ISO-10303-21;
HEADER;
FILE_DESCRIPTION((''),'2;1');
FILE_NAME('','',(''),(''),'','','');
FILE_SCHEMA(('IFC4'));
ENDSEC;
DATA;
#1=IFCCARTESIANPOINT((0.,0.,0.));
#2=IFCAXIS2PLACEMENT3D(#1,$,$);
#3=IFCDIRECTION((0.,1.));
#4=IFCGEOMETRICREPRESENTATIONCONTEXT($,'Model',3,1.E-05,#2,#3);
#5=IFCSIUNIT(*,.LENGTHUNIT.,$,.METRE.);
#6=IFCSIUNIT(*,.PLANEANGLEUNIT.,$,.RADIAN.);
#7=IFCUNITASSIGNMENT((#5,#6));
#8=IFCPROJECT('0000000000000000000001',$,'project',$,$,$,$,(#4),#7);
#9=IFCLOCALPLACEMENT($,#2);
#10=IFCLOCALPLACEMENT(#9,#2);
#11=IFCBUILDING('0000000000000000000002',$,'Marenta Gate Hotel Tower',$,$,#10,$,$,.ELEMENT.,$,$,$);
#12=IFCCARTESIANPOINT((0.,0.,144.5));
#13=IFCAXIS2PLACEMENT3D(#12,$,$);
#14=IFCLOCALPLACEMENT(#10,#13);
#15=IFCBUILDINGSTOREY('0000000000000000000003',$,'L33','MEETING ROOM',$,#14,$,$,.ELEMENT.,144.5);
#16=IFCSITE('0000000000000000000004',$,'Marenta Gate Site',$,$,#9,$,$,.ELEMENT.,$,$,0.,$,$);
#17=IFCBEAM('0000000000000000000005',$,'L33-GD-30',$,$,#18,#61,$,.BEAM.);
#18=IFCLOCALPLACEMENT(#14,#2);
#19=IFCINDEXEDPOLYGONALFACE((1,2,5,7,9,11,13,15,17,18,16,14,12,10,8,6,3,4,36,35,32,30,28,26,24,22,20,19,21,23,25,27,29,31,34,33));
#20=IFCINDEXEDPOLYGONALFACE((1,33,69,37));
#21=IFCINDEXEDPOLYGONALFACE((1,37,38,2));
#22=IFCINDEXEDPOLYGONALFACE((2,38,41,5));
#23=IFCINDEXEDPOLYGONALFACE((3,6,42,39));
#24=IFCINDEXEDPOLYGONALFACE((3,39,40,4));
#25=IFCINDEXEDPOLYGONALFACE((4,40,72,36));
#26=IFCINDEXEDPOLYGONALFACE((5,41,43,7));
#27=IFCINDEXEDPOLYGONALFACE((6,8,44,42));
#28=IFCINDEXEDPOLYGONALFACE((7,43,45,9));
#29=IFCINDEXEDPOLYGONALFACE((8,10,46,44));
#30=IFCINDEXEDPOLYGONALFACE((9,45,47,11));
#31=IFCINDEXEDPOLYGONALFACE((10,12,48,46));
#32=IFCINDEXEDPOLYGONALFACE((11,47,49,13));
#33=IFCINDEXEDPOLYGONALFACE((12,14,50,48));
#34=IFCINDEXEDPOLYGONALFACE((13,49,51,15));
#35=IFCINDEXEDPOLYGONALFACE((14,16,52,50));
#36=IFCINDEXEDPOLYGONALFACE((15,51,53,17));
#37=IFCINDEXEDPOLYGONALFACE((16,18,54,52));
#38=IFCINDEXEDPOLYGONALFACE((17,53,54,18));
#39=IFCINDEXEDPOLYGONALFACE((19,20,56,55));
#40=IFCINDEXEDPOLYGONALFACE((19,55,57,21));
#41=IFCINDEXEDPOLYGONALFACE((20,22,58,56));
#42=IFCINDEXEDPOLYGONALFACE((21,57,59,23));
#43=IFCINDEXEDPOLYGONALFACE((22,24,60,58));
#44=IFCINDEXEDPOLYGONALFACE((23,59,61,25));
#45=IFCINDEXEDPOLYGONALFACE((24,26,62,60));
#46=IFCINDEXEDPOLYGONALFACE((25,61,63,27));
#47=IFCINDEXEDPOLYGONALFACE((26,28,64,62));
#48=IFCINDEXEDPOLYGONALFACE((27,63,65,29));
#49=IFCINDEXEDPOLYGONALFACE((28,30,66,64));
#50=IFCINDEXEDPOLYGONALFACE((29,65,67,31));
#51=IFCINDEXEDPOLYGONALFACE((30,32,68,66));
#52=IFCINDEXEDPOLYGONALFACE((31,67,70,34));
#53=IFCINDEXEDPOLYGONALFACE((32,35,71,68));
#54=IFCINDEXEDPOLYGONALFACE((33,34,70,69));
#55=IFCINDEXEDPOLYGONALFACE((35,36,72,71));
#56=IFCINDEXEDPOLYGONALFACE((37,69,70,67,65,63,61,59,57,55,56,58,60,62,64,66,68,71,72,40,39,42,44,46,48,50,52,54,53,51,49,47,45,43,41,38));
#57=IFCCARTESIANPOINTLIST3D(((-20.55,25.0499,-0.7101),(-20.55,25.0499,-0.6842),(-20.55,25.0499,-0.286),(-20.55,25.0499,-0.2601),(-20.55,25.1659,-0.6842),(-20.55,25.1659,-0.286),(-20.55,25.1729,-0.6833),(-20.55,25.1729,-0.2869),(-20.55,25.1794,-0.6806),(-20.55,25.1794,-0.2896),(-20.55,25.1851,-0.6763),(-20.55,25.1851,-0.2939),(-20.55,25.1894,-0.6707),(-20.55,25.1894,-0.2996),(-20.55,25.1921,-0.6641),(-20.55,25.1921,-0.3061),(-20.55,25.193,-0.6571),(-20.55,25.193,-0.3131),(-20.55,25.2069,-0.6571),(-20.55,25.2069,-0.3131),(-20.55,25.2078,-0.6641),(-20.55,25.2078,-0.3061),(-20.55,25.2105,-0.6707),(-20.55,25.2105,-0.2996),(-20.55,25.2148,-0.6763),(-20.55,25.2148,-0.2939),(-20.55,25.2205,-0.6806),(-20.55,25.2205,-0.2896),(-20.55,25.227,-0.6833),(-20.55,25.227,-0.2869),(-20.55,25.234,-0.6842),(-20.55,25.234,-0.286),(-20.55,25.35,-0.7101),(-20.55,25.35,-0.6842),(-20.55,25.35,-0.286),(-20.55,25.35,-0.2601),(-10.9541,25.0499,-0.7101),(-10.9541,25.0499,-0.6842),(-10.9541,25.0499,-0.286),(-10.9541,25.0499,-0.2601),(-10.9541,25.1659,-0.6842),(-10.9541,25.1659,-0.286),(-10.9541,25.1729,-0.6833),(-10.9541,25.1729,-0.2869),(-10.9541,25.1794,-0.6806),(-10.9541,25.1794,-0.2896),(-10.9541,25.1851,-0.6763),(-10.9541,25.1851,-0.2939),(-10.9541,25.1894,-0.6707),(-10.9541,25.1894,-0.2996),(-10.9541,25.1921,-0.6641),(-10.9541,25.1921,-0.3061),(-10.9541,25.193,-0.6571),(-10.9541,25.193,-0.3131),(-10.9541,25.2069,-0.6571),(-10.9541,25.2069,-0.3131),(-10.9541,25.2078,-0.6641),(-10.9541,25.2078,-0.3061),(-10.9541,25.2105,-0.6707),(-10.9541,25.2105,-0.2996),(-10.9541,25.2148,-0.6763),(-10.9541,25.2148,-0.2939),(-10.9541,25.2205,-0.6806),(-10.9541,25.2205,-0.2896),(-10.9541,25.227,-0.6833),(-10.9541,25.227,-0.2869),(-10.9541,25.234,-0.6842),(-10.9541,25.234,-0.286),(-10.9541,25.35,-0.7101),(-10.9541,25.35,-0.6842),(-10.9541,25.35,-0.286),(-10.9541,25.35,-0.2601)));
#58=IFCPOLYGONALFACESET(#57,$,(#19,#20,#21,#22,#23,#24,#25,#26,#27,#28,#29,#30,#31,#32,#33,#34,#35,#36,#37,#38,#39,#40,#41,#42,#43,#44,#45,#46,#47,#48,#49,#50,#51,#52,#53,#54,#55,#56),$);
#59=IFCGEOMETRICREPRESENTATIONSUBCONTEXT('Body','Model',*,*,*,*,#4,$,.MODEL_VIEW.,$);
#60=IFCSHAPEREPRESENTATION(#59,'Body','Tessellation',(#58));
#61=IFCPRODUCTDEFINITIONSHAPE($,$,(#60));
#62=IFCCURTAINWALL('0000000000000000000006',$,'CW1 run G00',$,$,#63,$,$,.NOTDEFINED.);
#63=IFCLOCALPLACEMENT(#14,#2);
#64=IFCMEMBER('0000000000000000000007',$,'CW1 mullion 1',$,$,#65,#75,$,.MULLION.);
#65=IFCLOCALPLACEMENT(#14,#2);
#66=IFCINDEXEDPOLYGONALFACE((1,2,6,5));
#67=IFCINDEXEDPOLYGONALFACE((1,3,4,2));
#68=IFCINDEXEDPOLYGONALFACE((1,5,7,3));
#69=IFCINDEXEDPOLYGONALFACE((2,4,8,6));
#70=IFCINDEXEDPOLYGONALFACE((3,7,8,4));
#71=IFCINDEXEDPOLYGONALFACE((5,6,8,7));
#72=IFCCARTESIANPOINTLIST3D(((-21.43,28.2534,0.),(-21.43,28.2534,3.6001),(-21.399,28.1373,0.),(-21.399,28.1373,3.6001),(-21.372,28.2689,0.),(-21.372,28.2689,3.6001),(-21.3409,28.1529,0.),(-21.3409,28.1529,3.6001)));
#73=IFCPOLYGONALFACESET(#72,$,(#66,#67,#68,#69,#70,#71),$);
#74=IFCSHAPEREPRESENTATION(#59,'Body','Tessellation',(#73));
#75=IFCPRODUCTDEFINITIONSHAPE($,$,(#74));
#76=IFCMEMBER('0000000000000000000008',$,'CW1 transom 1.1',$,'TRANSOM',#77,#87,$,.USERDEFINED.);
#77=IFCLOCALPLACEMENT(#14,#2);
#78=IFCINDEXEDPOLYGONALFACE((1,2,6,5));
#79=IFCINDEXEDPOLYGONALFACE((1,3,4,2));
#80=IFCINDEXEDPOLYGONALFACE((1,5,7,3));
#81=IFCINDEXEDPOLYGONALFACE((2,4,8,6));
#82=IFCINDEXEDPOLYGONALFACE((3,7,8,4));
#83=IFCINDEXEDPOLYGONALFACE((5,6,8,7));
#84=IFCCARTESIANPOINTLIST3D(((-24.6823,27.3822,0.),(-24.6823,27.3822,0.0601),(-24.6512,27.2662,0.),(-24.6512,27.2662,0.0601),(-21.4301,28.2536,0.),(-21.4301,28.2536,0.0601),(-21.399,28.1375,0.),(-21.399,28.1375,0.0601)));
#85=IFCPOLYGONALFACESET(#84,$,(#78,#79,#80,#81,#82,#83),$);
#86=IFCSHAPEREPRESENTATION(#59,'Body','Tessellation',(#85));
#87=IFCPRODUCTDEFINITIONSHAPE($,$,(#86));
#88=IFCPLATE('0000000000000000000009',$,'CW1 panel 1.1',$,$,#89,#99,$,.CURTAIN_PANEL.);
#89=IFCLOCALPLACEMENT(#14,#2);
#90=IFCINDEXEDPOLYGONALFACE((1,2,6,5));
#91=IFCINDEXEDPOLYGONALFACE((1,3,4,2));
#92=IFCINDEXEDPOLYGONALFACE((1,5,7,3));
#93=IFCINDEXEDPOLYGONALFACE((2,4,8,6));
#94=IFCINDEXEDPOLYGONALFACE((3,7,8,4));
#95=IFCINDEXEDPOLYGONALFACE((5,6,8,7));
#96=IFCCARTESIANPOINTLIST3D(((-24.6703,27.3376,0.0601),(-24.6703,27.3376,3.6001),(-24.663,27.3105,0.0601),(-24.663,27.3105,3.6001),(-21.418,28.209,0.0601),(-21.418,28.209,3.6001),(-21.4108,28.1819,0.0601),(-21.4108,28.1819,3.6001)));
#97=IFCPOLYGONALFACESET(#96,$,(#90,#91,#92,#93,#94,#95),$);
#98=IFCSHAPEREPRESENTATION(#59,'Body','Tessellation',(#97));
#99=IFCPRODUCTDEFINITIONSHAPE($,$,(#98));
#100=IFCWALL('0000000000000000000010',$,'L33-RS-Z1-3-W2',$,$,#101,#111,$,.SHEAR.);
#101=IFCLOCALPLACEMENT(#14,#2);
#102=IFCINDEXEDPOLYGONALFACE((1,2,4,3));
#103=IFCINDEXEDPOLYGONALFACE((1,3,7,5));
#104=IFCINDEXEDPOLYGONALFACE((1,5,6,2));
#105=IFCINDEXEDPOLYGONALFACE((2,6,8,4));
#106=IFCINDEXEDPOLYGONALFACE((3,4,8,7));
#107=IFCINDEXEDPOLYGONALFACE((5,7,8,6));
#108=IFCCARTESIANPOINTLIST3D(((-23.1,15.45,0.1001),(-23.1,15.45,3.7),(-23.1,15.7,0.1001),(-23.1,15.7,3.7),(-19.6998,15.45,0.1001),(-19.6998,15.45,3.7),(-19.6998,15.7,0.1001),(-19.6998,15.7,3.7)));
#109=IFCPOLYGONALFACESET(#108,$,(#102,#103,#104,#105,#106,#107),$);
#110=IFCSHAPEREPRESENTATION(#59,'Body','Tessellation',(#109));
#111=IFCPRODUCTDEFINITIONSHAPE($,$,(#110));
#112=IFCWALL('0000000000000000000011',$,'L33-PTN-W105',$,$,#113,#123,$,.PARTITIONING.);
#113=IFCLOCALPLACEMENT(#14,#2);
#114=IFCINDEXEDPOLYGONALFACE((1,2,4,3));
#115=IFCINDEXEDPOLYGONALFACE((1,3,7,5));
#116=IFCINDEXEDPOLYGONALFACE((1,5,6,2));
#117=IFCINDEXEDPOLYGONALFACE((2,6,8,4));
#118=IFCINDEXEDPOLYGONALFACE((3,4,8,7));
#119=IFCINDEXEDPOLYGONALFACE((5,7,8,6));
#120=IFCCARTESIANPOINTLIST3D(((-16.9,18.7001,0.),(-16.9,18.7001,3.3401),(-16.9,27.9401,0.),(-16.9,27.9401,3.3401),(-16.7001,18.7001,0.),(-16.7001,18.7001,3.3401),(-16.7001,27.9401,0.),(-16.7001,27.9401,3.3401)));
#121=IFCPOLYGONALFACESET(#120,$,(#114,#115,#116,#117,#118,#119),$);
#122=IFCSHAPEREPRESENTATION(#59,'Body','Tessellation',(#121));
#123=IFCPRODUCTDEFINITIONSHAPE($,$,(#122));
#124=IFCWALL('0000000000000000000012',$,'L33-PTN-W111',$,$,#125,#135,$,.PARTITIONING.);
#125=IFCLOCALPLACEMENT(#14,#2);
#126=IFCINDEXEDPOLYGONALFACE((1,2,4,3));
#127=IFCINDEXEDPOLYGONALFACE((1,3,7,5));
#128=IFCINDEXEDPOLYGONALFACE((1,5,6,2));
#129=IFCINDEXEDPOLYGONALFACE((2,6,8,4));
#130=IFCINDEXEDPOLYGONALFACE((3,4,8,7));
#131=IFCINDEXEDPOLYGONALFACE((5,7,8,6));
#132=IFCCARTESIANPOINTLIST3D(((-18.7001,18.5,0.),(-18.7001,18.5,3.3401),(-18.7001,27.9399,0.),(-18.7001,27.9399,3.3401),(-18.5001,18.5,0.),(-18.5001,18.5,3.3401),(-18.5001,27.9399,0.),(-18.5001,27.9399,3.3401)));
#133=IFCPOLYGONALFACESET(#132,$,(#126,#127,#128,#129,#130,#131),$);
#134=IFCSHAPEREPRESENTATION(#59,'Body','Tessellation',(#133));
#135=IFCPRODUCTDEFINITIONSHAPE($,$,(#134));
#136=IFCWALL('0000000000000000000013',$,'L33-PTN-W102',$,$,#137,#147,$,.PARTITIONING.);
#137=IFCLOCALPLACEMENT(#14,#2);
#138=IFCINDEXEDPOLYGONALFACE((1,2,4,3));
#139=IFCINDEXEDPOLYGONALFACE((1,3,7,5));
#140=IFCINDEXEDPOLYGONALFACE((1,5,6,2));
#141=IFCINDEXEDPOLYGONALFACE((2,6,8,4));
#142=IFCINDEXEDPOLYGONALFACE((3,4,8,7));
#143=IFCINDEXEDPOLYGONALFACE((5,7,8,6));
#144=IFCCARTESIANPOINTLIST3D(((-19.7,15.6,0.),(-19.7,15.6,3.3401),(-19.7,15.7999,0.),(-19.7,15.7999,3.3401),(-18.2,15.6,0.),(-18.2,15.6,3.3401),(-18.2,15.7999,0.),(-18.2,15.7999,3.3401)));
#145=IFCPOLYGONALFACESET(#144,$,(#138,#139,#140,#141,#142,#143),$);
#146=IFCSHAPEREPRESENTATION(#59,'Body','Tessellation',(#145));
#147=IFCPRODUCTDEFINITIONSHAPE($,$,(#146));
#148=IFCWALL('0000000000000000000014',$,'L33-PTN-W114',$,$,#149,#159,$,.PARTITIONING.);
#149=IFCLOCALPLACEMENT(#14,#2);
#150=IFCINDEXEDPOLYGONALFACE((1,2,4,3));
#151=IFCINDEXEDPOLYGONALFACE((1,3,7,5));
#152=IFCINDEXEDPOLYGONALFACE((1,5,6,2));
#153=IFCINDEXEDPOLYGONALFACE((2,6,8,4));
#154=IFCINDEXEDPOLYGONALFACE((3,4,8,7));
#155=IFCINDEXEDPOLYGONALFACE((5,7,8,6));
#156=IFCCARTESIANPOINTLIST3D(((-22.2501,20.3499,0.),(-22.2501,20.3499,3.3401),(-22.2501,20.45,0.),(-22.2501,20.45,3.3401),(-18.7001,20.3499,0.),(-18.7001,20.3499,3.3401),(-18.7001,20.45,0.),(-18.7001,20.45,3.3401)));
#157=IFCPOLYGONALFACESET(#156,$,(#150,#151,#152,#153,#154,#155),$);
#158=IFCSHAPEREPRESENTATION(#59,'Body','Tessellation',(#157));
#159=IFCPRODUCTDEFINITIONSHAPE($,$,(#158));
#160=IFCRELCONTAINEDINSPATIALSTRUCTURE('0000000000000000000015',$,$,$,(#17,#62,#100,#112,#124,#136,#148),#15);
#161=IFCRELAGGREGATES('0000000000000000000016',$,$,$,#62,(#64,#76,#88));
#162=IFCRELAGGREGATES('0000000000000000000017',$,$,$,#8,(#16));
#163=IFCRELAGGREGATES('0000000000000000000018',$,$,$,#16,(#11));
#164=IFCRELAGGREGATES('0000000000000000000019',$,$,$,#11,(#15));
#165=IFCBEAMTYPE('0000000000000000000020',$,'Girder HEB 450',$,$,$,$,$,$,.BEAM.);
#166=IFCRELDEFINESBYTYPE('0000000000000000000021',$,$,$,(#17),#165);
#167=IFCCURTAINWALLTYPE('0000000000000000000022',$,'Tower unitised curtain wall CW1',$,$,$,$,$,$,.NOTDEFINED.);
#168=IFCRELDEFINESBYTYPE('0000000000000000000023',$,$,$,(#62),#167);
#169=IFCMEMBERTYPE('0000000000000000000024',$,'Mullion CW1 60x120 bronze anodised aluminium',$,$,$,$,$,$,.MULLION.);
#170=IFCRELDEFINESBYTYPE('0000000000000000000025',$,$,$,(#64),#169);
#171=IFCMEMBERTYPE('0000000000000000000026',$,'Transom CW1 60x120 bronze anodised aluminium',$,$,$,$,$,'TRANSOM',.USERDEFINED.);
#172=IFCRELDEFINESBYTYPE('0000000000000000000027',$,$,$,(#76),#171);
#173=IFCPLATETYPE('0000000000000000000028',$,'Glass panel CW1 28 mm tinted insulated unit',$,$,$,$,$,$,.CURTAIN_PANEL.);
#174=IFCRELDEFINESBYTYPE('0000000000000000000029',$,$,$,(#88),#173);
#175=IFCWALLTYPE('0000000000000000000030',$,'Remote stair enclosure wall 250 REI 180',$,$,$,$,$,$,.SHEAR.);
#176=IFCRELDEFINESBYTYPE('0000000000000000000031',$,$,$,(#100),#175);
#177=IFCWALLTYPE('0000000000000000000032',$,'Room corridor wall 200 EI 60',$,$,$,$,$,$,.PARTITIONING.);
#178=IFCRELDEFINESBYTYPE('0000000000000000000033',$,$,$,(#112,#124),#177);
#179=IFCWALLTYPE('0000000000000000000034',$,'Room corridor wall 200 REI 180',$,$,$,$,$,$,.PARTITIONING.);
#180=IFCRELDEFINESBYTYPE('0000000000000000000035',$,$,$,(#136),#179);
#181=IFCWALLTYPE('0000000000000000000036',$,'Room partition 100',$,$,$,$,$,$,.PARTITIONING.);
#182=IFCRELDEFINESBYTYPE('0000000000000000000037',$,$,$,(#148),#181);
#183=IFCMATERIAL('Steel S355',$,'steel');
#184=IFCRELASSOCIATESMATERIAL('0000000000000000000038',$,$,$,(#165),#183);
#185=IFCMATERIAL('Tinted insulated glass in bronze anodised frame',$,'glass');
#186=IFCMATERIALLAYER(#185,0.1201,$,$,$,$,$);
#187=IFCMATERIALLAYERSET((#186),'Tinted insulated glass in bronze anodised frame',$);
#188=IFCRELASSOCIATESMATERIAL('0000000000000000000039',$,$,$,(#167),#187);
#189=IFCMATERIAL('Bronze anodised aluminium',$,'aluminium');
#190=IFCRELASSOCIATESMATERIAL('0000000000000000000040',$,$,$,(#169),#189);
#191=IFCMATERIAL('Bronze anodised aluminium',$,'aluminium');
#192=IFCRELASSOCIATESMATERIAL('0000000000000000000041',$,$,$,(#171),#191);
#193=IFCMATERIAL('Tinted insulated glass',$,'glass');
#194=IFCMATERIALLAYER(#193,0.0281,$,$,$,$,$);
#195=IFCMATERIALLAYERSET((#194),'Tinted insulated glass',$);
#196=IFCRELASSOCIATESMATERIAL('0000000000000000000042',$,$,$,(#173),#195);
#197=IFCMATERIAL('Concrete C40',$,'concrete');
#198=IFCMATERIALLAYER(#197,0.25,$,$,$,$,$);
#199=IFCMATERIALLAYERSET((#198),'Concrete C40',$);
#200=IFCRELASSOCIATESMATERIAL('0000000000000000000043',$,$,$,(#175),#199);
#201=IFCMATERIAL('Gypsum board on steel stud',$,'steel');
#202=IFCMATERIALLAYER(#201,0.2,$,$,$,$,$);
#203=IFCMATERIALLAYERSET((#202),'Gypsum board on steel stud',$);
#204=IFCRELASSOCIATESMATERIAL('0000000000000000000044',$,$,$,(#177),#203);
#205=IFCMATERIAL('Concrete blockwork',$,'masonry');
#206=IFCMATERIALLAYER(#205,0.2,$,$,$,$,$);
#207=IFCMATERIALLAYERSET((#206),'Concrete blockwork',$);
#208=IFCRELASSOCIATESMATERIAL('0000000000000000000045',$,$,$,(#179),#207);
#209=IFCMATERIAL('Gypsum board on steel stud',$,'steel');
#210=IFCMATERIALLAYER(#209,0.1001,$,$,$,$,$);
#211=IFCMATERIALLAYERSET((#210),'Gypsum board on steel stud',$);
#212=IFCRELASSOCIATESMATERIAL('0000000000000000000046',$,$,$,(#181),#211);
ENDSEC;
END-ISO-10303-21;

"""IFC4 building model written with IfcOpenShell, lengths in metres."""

from ifc_helpers import new_model, si_unit, direction, frame, frame_2d, origin, origin_2d, place, context, subcontext, project, spatial, rectangle, i_section, extrude, material, layer, layer_set, material_profile, profile_set, type_object, element, aggregate, save


model = new_model("IFC4")

# Units and contexts
model_context = context("Model", 3, precision=1e-05, world=origin(), true_north=direction((0.0, 1.0)))
body_context = subcontext(model_context, "Body", "Model", "MODEL_VIEW")
ifc_project = project(units=[si_unit("LENGTHUNIT", "METRE"), si_unit("PLANEANGLEUNIT", "RADIAN")], contexts=[model_context])

# Site, building, storey
site_placement = place(None, origin())
site = spatial("IfcSite", under=ifc_project, at=site_placement, Name="Marenta Gate Site", CompositionType="ELEMENT", RefElevation=0.0)
building_placement = place(site_placement, origin())
building = spatial("IfcBuilding", under=site, at=building_placement, Name="Marenta Gate Hotel Tower", CompositionType="ELEMENT")
storey_placement = place(building_placement, frame((0.0, 0.0, 144.5)))
storey = spatial("IfcBuildingStorey", under=building, at=storey_placement, Name="L33", Description="MEETING ROOM", CompositionType="ELEMENT", Elevation=144.5)

# Beam
ifc_material_1 = material(Name="Steel S355", Category="steel")
ifc_material_profile_1 = material_profile(ifc_material_1, i_section(OverallWidth=0.3, OverallDepth=0.45, WebThickness=0.0139, FlangeThickness=0.0259, FilletRadius=0.0271, at=origin_2d()), Name="HEB 450")
ifc_profile_set_1 = profile_set([ifc_material_profile_1], Name="Steel S355")
beam_type_1 = type_object("IfcBeamType", Name="Girder HEB 450", PredefinedType="BEAM", material=ifc_profile_set_1)
beam_1_placement = place(storey_placement, frame((-20.55, 25.2, -0.4851), z_axis=(1.0, 0.0, 0.0), x_axis=(0.0, 1.0, 0.0)))
element("IfcBeam", 1, at=beam_1_placement, inside=storey, type_object=beam_type_1, Name="L33-GD-30", PredefinedType="BEAM", context=body_context, shape_type="SweptSolid", body=[
    extrude(i_section(OverallWidth=0.3, OverallDepth=0.45, WebThickness=0.0139, FlangeThickness=0.0259, FilletRadius=0.0271, at=origin_2d()), origin(), (0.0, 0.0, 1.0), 9.5959),
])

# Curtain wall, members, plate
ifc_material_2 = material(Name="Tinted insulated glass in bronze anodised frame", Category="glass")
ifc_layer_1 = layer(ifc_material_2, 0.1201)
ifc_layer_set_1 = layer_set([ifc_layer_1], Name="Tinted insulated glass in bronze anodised frame")
curtain_wall_type = type_object("IfcCurtainWallType", Name="Tower unitised curtain wall CW1", PredefinedType="NOTDEFINED", material=ifc_layer_set_1)
curtain_wall_placement = place(storey_placement, origin())
curtain_wall = element("IfcCurtainWall", 2, at=curtain_wall_placement, inside=storey, type_object=curtain_wall_type, Name="CW1 run G00", PredefinedType="NOTDEFINED")
ifc_material_3 = material(Name="Bronze anodised aluminium", Category="aluminium")
ifc_material_profile_2 = material_profile(ifc_material_3, rectangle(XDim=0.1201, YDim=0.0601, at=origin_2d()), Name="Mullion CW1 60x120 bronze anodised aluminium")
ifc_profile_set_2 = profile_set([ifc_material_profile_2], Name="Bronze anodised aluminium")
member_type_1 = type_object("IfcMemberType", Name="Mullion CW1 60x120 bronze anodised aluminium", PredefinedType="MULLION", material=ifc_profile_set_2)
member_1_placement = place(storey_placement, frame((-21.3855, 28.2031, 0.0), z_axis=(0.0, 0.0, 1.0), x_axis=(0.258801, -0.965931, 0.0)))
member_1 = element("IfcMember", 3, at=member_1_placement, type_object=member_type_1, Name="CW1 mullion 1", PredefinedType="MULLION", context=body_context, shape_type="SweptSolid", body=[
    extrude(rectangle(XDim=0.1201, YDim=0.0601, at=origin_2d()), origin(), (0.0, 0.0, 1.0), 3.6001),
])
ifc_material_4 = material(Name="Bronze anodised aluminium", Category="aluminium")
ifc_material_profile_3 = material_profile(ifc_material_4, rectangle(XDim=0.1201, YDim=0.0601, at=origin_2d()), Name="Transom CW1 60x120 bronze anodised aluminium")
ifc_profile_set_3 = profile_set([ifc_material_profile_3], Name="Bronze anodised aluminium")
member_type_2 = type_object("IfcMemberType", Name="Transom CW1 60x120 bronze anodised aluminium", ElementType="TRANSOM", PredefinedType="USERDEFINED", material=ifc_profile_set_3)
member_2_placement = place(storey_placement, frame((-21.4146, 28.1956, 0.03), z_axis=(-0.965932, -0.258795, 0.0), x_axis=(0.258795, -0.965932, 0.0)))
member_2 = element("IfcMember", 4, at=member_2_placement, type_object=member_type_2, Name="CW1 transom 1.1", ObjectType="TRANSOM", PredefinedType="USERDEFINED", context=body_context, shape_type="SweptSolid", body=[
    extrude(rectangle(XDim=0.1201, YDim=0.0601, at=origin_2d()), origin(), (0.0, 0.0, 1.0), 3.3669),
])
ifc_material_5 = material(Name="Tinted insulated glass", Category="glass")
ifc_layer_2 = layer(ifc_material_5, 0.0281)
ifc_layer_set_2 = layer_set([ifc_layer_2], Name="Tinted insulated glass")
plate_type = type_object("IfcPlateType", Name="Glass panel CW1 28 mm tinted insulated unit", PredefinedType="CURTAIN_PANEL", material=ifc_layer_set_2)
plate_placement = place(storey_placement, frame((-23.0405, 27.7598, 0.0601), z_axis=(0.0, 0.0, 1.0), x_axis=(-0.965931, -0.258801, 0.0)))
plate = element("IfcPlate", 5, at=plate_placement, type_object=plate_type, Name="CW1 panel 1.1", PredefinedType="CURTAIN_PANEL", context=body_context, shape_type="SweptSolid", body=[
    extrude(rectangle(XDim=3.3669, YDim=0.0281, at=origin_2d()), origin(), (0.0, 0.0, 1.0), 3.54),
])
aggregate(curtain_wall, [member_1, member_2, plate])

# Walls
ifc_material_6 = material(Name="Concrete C40", Category="concrete")
ifc_layer_3 = layer(ifc_material_6, 0.25)
ifc_layer_set_3 = layer_set([ifc_layer_3], Name="Concrete C40")
wall_type_1 = type_object("IfcWallType", Name="Remote stair enclosure wall 250 REI 180", PredefinedType="SHEAR", material=ifc_layer_set_3)
wall_1_placement = place(storey_placement, frame((-23.1001, 15.575, 0.1001), z_axis=(0.0, 0.0, 1.0), x_axis=(1.0, 0.0, 0.0)))
element("IfcWall", 6, at=wall_1_placement, inside=storey, type_object=wall_type_1, Name="L33-RS-Z1-3-W2", PredefinedType="SHEAR", context=body_context, shape_type="SweptSolid", body=[
    extrude(rectangle(XDim=3.4001, YDim=0.25, at=frame_2d((1.7002, 0.0))), origin(), (0.0, 0.0, 1.0), 3.5999),
])
ifc_material_7 = material(Name="Gypsum board on steel stud", Category="steel")
ifc_layer_4 = layer(ifc_material_7, 0.2)
ifc_layer_set_4 = layer_set([ifc_layer_4], Name="Gypsum board on steel stud")
wall_type_2 = type_object("IfcWallType", Name="Room corridor wall 200 EI 60", PredefinedType="PARTITIONING", material=ifc_layer_set_4)
wall_2_placement = place(storey_placement, frame((-16.8, 18.7, 0.0), z_axis=(0.0, 0.0, 1.0), x_axis=(0.0, 1.0, 0.0)))
element("IfcWall", 7, at=wall_2_placement, inside=storey, type_object=wall_type_2, Name="L33-PTN-W105", PredefinedType="PARTITIONING", context=body_context, shape_type="SweptSolid", body=[
    extrude(rectangle(XDim=9.24, YDim=0.2, at=frame_2d((4.6201, 0.0))), origin(), (0.0, 0.0, 1.0), 3.3401),
])
wall_3_placement = place(storey_placement, frame((-18.6001, 18.5, 0.0), z_axis=(0.0, 0.0, 1.0), x_axis=(0.0, 1.0, 0.0)))
element("IfcWall", 8, at=wall_3_placement, inside=storey, type_object=wall_type_2, Name="L33-PTN-W111", PredefinedType="PARTITIONING", context=body_context, shape_type="SweptSolid", body=[
    extrude(rectangle(XDim=9.4399, YDim=0.2, at=frame_2d((4.72, 0.0))), origin(), (0.0, 0.0, 1.0), 3.3401),
])

# Walls
ifc_material_8 = material(Name="Concrete blockwork", Category="masonry")
ifc_layer_5 = layer(ifc_material_8, 0.2)
ifc_layer_set_5 = layer_set([ifc_layer_5], Name="Concrete blockwork")
wall_type_3 = type_object("IfcWallType", Name="Room corridor wall 200 REI 180", PredefinedType="PARTITIONING", material=ifc_layer_set_5)
wall_4_placement = place(storey_placement, frame((-19.7, 15.7, 0.0), z_axis=(0.0, 0.0, 1.0), x_axis=(1.0, 0.0, 0.0)))
element("IfcWall", 9, at=wall_4_placement, inside=storey, type_object=wall_type_3, Name="L33-PTN-W102", PredefinedType="PARTITIONING", context=body_context, shape_type="SweptSolid", body=[
    extrude(rectangle(XDim=1.5, YDim=0.2, at=frame_2d((0.75, 0.0))), origin(), (0.0, 0.0, 1.0), 3.3401),
])
ifc_material_9 = material(Name="Gypsum board on steel stud", Category="steel")
ifc_layer_6 = layer(ifc_material_9, 0.1001)
ifc_layer_set_6 = layer_set([ifc_layer_6], Name="Gypsum board on steel stud")
wall_type_4 = type_object("IfcWallType", Name="Room partition 100", PredefinedType="PARTITIONING", material=ifc_layer_set_6)
wall_5_placement = place(storey_placement, frame((-22.25, 20.3999, 0.0), z_axis=(0.0, 0.0, 1.0), x_axis=(1.0, 0.0, 0.0)))
element("IfcWall", 10, at=wall_5_placement, inside=storey, type_object=wall_type_4, Name="L33-PTN-W114", PredefinedType="PARTITIONING", context=body_context, shape_type="SweptSolid", body=[
    extrude(rectangle(XDim=3.55, YDim=0.1001, at=frame_2d((1.7749, 0.0))), origin(), (0.0, 0.0, 1.0), 3.3401),
])

save(model, "model.ifc")
